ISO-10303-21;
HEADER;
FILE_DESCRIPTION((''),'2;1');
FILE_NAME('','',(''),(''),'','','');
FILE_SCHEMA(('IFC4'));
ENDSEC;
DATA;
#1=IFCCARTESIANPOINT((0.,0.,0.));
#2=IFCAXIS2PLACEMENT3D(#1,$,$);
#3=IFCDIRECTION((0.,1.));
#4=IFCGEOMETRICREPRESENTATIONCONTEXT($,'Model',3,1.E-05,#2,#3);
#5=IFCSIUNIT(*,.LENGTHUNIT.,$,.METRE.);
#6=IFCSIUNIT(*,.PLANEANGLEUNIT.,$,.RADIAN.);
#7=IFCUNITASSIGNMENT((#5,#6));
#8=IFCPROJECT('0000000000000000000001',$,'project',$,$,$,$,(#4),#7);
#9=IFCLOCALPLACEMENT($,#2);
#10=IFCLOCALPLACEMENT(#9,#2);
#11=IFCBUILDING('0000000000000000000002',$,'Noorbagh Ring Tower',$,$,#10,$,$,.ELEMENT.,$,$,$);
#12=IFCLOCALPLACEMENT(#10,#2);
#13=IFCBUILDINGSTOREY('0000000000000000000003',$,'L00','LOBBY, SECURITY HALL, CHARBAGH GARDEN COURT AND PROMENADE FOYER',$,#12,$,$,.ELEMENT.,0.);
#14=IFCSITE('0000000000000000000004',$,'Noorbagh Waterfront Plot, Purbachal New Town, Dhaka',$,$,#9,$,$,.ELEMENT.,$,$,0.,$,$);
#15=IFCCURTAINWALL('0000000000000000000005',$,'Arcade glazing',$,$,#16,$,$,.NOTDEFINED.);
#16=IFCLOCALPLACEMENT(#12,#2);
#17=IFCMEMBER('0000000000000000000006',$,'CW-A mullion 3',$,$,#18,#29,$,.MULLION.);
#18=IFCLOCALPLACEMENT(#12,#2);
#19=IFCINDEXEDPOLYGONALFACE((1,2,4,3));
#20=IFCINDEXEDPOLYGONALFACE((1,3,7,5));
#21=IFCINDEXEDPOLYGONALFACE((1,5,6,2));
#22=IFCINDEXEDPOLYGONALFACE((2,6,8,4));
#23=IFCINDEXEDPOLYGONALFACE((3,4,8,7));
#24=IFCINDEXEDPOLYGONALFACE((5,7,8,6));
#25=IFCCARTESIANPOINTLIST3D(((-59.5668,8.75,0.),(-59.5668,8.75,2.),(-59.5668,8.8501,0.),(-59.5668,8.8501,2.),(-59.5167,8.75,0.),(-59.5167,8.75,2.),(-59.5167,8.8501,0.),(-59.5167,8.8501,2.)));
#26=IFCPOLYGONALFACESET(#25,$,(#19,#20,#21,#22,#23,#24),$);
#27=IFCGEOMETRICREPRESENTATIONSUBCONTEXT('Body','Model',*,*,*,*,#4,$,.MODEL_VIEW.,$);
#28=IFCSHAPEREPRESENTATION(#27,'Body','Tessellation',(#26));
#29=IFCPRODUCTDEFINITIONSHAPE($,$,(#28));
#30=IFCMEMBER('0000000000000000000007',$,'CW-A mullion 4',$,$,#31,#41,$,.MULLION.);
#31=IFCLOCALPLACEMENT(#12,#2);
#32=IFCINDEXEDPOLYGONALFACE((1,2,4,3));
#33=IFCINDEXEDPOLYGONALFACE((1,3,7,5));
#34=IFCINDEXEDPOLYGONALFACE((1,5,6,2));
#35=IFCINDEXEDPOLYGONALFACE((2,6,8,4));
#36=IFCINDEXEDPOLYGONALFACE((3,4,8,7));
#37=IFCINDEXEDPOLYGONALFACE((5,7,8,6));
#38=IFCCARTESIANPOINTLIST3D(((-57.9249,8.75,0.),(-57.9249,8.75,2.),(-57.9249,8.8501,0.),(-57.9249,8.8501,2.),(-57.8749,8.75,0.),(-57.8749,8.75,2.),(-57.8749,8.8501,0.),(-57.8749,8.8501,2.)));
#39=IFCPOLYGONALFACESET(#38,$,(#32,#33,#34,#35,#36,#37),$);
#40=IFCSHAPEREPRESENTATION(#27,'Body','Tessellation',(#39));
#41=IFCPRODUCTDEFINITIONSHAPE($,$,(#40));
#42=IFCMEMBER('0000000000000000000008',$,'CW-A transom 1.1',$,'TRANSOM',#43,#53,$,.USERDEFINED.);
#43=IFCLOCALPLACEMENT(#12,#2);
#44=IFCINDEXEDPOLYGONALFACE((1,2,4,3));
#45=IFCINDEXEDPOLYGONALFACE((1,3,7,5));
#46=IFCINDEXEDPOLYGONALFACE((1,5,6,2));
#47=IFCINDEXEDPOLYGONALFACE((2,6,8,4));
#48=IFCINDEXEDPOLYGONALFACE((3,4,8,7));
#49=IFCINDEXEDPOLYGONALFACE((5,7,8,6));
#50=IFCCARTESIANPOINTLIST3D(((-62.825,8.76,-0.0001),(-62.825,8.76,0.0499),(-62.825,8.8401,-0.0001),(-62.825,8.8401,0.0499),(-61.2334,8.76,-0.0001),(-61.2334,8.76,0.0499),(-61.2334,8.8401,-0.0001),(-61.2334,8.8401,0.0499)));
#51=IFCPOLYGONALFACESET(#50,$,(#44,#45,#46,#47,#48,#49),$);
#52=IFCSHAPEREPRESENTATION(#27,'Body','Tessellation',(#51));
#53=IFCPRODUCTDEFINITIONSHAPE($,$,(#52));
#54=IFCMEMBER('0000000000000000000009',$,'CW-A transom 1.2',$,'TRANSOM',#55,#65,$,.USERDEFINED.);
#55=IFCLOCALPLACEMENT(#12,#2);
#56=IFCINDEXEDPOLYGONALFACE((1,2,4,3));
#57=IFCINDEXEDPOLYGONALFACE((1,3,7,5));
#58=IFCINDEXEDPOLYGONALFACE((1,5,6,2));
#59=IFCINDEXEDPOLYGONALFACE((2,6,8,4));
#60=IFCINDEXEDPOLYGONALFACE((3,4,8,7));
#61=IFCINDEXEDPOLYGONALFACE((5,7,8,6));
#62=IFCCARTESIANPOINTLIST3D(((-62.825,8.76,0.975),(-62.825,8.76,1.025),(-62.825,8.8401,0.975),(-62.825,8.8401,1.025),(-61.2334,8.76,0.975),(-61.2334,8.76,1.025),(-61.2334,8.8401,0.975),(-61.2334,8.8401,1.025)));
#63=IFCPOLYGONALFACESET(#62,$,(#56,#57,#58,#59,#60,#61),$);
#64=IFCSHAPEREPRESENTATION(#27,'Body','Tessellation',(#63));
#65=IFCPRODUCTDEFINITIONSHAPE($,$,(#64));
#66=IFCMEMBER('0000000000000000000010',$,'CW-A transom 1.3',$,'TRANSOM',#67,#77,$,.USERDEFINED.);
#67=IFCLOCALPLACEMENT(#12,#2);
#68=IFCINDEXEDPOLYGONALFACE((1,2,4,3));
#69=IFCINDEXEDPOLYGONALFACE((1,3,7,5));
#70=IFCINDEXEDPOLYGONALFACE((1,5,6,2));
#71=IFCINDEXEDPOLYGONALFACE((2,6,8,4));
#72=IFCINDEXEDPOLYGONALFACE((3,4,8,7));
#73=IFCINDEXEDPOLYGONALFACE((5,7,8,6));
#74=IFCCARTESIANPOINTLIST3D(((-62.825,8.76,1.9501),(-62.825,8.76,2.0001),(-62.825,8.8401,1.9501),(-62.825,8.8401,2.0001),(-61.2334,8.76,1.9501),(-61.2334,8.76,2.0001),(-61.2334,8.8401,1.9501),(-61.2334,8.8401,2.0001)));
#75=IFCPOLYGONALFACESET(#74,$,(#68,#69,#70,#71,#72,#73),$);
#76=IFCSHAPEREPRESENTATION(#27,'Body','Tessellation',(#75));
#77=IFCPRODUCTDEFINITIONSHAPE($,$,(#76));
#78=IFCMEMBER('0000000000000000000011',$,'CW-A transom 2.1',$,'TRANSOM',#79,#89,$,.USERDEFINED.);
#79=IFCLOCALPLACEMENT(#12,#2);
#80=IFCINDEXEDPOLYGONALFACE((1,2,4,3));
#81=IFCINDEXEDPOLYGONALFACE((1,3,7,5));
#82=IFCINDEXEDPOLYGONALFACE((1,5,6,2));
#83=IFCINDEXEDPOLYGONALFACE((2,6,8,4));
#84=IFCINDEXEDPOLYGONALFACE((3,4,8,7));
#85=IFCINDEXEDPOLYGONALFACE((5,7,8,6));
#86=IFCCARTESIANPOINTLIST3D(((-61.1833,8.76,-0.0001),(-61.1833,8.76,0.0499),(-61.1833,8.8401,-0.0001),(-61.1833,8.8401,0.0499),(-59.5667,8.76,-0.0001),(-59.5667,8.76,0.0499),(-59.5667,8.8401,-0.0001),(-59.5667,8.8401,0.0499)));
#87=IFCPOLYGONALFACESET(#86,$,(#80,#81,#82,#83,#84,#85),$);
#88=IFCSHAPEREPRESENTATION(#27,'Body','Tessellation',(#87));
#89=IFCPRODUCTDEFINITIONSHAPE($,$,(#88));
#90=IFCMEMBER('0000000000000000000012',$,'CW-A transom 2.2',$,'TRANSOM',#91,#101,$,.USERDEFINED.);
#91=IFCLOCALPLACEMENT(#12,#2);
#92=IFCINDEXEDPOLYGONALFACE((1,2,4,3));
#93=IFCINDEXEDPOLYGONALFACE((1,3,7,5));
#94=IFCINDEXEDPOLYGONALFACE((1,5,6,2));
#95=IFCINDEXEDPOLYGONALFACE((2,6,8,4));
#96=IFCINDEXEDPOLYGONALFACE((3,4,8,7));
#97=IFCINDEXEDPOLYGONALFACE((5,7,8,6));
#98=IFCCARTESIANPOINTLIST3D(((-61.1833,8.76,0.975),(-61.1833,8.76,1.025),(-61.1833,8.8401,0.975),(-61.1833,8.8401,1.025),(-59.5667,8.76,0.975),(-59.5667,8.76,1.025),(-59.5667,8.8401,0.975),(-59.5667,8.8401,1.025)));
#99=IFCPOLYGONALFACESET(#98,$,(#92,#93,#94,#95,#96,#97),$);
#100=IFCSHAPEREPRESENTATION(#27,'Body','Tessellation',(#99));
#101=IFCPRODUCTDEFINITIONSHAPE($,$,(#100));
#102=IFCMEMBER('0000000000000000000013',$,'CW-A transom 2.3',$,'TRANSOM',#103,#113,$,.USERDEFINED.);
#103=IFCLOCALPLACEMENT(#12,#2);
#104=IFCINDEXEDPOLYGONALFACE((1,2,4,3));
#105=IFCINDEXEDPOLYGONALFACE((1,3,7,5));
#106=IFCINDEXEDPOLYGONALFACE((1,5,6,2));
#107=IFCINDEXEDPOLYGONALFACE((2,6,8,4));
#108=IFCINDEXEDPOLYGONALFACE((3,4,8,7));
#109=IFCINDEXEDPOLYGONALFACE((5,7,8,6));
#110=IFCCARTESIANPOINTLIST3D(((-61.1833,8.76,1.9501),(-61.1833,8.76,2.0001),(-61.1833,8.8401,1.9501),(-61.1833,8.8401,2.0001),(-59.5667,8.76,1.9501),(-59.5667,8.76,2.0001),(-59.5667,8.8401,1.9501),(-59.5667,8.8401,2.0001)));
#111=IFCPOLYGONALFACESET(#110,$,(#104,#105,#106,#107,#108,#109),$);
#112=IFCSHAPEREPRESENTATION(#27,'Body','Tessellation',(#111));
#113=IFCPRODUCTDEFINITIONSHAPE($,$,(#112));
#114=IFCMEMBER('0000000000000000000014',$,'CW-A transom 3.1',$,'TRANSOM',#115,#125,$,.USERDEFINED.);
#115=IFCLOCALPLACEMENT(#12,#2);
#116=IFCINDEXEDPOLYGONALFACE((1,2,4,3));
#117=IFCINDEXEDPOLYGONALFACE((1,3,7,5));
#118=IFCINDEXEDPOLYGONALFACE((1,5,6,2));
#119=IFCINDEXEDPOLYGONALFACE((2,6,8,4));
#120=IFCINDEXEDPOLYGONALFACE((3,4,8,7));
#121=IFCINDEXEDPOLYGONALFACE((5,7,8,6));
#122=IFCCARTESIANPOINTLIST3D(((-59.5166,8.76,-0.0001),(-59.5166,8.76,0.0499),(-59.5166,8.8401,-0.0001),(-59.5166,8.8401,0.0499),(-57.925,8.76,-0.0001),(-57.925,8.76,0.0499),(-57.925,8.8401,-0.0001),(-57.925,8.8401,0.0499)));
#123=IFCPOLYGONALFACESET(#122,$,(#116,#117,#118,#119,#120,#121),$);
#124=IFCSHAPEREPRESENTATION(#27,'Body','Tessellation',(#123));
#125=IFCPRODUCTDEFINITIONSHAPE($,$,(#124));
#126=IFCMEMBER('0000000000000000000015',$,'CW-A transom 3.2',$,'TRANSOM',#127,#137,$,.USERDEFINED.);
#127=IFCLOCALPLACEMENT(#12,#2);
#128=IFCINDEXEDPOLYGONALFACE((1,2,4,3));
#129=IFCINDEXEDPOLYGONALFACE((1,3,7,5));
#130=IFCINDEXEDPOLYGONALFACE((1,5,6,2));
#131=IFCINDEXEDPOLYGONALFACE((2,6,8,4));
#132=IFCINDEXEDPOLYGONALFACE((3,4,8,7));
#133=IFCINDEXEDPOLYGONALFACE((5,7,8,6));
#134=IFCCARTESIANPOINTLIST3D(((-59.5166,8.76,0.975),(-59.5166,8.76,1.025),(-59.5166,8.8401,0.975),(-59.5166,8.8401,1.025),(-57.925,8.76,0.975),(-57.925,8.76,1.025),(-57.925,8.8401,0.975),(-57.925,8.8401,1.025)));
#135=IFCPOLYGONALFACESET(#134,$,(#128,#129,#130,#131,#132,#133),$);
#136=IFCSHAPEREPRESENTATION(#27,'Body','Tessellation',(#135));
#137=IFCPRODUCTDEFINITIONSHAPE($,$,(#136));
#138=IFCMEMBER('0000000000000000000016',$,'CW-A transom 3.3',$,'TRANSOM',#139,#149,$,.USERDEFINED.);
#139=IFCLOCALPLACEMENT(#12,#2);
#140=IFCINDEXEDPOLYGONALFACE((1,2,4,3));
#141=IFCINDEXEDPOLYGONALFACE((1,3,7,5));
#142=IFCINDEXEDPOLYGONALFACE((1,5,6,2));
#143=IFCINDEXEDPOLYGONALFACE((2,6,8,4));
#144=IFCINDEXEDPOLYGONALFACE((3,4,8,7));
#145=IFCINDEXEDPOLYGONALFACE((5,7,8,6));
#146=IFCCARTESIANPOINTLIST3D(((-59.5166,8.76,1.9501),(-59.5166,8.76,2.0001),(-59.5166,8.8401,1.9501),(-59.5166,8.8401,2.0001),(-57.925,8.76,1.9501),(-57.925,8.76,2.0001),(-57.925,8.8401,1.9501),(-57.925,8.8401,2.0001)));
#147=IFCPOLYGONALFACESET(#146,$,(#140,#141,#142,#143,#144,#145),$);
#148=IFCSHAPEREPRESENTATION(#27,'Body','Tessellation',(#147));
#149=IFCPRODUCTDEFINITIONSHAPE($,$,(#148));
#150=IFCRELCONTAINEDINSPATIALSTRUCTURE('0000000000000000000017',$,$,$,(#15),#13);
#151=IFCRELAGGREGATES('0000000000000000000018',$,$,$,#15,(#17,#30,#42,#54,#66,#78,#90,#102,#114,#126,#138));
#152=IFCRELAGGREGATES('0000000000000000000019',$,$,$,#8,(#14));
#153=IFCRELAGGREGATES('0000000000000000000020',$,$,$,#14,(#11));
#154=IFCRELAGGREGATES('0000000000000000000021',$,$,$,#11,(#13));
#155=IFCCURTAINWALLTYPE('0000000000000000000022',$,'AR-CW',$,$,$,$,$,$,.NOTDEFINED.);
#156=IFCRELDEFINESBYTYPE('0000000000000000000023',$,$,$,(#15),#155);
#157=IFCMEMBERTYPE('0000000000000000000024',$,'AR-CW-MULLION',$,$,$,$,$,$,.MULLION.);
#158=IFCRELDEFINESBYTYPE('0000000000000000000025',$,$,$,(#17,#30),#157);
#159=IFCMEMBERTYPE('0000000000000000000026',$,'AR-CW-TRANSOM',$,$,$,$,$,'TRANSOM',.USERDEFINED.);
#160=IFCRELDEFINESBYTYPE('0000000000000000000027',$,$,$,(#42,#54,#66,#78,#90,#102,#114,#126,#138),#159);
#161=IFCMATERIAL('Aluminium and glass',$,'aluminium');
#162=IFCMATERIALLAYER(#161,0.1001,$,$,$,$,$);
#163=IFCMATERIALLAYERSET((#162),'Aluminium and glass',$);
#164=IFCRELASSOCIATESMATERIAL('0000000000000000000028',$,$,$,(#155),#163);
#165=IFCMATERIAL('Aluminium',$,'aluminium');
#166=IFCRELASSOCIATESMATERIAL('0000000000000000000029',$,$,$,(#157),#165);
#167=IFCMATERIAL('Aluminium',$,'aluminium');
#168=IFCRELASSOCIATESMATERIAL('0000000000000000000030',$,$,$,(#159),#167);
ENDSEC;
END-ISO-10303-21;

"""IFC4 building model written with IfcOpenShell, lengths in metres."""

from ifc_helpers import new_model, si_unit, direction, frame, origin, origin_2d, place, context, subcontext, project, spatial, rectangle, extrude, material, layer, layer_set, material_profile, profile_set, type_object, element, aggregate, save


model = new_model("IFC4")

# Units and contexts
model_context = context("Model", 3, precision=1e-05, world=origin(), true_north=direction((0.0, 1.0)))
body_context = subcontext(model_context, "Body", "Model", "MODEL_VIEW")
ifc_project = project(units=[si_unit("LENGTHUNIT", "METRE"), si_unit("PLANEANGLEUNIT", "RADIAN")], contexts=[model_context])

# Site, building, storey
site_placement = place(None, origin())
site = spatial("IfcSite", under=ifc_project, at=site_placement, Name="Noorbagh Waterfront Plot, Purbachal New Town, Dhaka", CompositionType="ELEMENT", RefElevation=0.0)
building_placement = place(site_placement, origin())
building = spatial("IfcBuilding", under=site, at=building_placement, Name="Noorbagh Ring Tower", CompositionType="ELEMENT")
storey_placement = place(building_placement, origin())
storey = spatial("IfcBuildingStorey", under=building, at=storey_placement, Name="L00", Description="LOBBY, SECURITY HALL, CHARBAGH GARDEN COURT AND PROMENADE FOYER", CompositionType="ELEMENT", Elevation=0.0)

# Curtain wall, members
ifc_material_1 = material(Name="Aluminium and glass", Category="aluminium")
ifc_layer_1 = layer(ifc_material_1, 0.1001)
ifc_layer_set_1 = layer_set([ifc_layer_1], Name="Aluminium and glass")
curtain_wall_type = type_object("IfcCurtainWallType", Name="AR-CW", PredefinedType="NOTDEFINED", material=ifc_layer_set_1)
curtain_wall_placement = place(storey_placement, origin())
curtain_wall = element("IfcCurtainWall", 1, at=curtain_wall_placement, inside=storey, type_object=curtain_wall_type, Name="Arcade glazing", PredefinedType="NOTDEFINED")
ifc_material_2 = material(Name="Aluminium", Category="aluminium")
ifc_material_profile_1 = material_profile(ifc_material_2, rectangle(XDim=0.1001, YDim=0.05, at=origin_2d()), Name="AL 100x50")
ifc_profile_set_1 = profile_set([ifc_material_profile_1], Name="Aluminium")
member_type_1 = type_object("IfcMemberType", Name="AR-CW-MULLION", PredefinedType="MULLION", material=ifc_profile_set_1)
member_1_placement = place(storey_placement, frame((-59.5417, 8.8, 0.0), z_axis=(0.0, 0.0, 1.0), x_axis=(0.0, 1.0, 0.0)))
member_1 = element("IfcMember", 2, at=member_1_placement, type_object=member_type_1, Name="CW-A mullion 3", PredefinedType="MULLION", context=body_context, shape_type="SweptSolid", body=[
    extrude(rectangle(XDim=0.1001, YDim=0.05, at=origin_2d()), origin(), (0.0, 0.0, 1.0), 2.0),
])
member_2_placement = place(storey_placement, frame((-57.8999, 8.8, 0.0), z_axis=(0.0, 0.0, 1.0), x_axis=(0.0, 1.0, 0.0)))
member_2 = element("IfcMember", 3, at=member_2_placement, type_object=member_type_1, Name="CW-A mullion 4", PredefinedType="MULLION", context=body_context, shape_type="SweptSolid", body=[
    extrude(rectangle(XDim=0.1001, YDim=0.05, at=origin_2d()), origin(), (0.0, 0.0, 1.0), 2.0),
])
ifc_material_3 = material(Name="Aluminium", Category="aluminium")
ifc_material_profile_2 = material_profile(ifc_material_3, rectangle(XDim=0.0801, YDim=0.05, at=origin_2d()), Name="AL 80x50")
ifc_profile_set_2 = profile_set([ifc_material_profile_2], Name="Aluminium")
member_type_2 = type_object("IfcMemberType", Name="AR-CW-TRANSOM", ElementType="TRANSOM", PredefinedType="USERDEFINED", material=ifc_profile_set_2)
member_3_placement = place(storey_placement, frame((-62.825, 8.8, 0.0249), z_axis=(1.0, 0.0, 0.0), x_axis=(0.0, 1.0, 0.0)))
member_3 = element("IfcMember", 4, at=member_3_placement, type_object=member_type_2, Name="CW-A transom 1.1", ObjectType="TRANSOM", PredefinedType="USERDEFINED", context=body_context, shape_type="SweptSolid", body=[
    extrude(rectangle(XDim=0.0801, YDim=0.05, at=origin_2d()), origin(), (0.0, 0.0, 1.0), 1.5916),
])
member_4_placement = place(storey_placement, frame((-62.825, 8.8, 1.0), z_axis=(1.0, 0.0, 0.0), x_axis=(0.0, 1.0, 0.0)))
member_4 = element("IfcMember", 5, at=member_4_placement, type_object=member_type_2, Name="CW-A transom 1.2", ObjectType="TRANSOM", PredefinedType="USERDEFINED", context=body_context, shape_type="SweptSolid", body=[
    extrude(rectangle(XDim=0.0801, YDim=0.05, at=origin_2d()), origin(), (0.0, 0.0, 1.0), 1.5916),
])
member_5_placement = place(storey_placement, frame((-62.825, 8.8, 1.9751), z_axis=(1.0, 0.0, 0.0), x_axis=(0.0, 1.0, 0.0)))
member_5 = element("IfcMember", 6, at=member_5_placement, type_object=member_type_2, Name="CW-A transom 1.3", ObjectType="TRANSOM", PredefinedType="USERDEFINED", context=body_context, shape_type="SweptSolid", body=[
    extrude(rectangle(XDim=0.0801, YDim=0.05, at=origin_2d()), origin(), (0.0, 0.0, 1.0), 1.5916),
])
member_6_placement = place(storey_placement, frame((-61.1833, 8.8, 0.0249), z_axis=(1.0, 0.0, 0.0), x_axis=(0.0, 1.0, 0.0)))
member_6 = element("IfcMember", 7, at=member_6_placement, type_object=member_type_2, Name="CW-A transom 2.1", ObjectType="TRANSOM", PredefinedType="USERDEFINED", context=body_context, shape_type="SweptSolid", body=[
    extrude(rectangle(XDim=0.0801, YDim=0.05, at=origin_2d()), origin(), (0.0, 0.0, 1.0), 1.6167),
])
member_7_placement = place(storey_placement, frame((-61.1833, 8.8, 1.0), z_axis=(1.0, 0.0, 0.0), x_axis=(0.0, 1.0, 0.0)))
member_7 = element("IfcMember", 8, at=member_7_placement, type_object=member_type_2, Name="CW-A transom 2.2", ObjectType="TRANSOM", PredefinedType="USERDEFINED", context=body_context, shape_type="SweptSolid", body=[
    extrude(rectangle(XDim=0.0801, YDim=0.05, at=origin_2d()), origin(), (0.0, 0.0, 1.0), 1.6167),
])
member_8_placement = place(storey_placement, frame((-61.1833, 8.8, 1.9751), z_axis=(1.0, 0.0, 0.0), x_axis=(0.0, 1.0, 0.0)))
member_8 = element("IfcMember", 9, at=member_8_placement, type_object=member_type_2, Name="CW-A transom 2.3", ObjectType="TRANSOM", PredefinedType="USERDEFINED", context=body_context, shape_type="SweptSolid", body=[
    extrude(rectangle(XDim=0.0801, YDim=0.05, at=origin_2d()), origin(), (0.0, 0.0, 1.0), 1.6167),
])
member_9_placement = place(storey_placement, frame((-59.5166, 8.8, 0.0249), z_axis=(1.0, 0.0, 0.0), x_axis=(0.0, 1.0, 0.0)))
member_9 = element("IfcMember", 10, at=member_9_placement, type_object=member_type_2, Name="CW-A transom 3.1", ObjectType="TRANSOM", PredefinedType="USERDEFINED", context=body_context, shape_type="SweptSolid", body=[
    extrude(rectangle(XDim=0.0801, YDim=0.05, at=origin_2d()), origin(), (0.0, 0.0, 1.0), 1.5916),
])
member_10_placement = place(storey_placement, frame((-59.5166, 8.8, 1.0), z_axis=(1.0, 0.0, 0.0), x_axis=(0.0, 1.0, 0.0)))
member_10 = element("IfcMember", 11, at=member_10_placement, type_object=member_type_2, Name="CW-A transom 3.2", ObjectType="TRANSOM", PredefinedType="USERDEFINED", context=body_context, shape_type="SweptSolid", body=[
    extrude(rectangle(XDim=0.0801, YDim=0.05, at=origin_2d()), origin(), (0.0, 0.0, 1.0), 1.5916),
])
member_11_placement = place(storey_placement, frame((-59.5166, 8.8, 1.9751), z_axis=(1.0, 0.0, 0.0), x_axis=(0.0, 1.0, 0.0)))
member_11 = element("IfcMember", 12, at=member_11_placement, type_object=member_type_2, Name="CW-A transom 3.3", ObjectType="TRANSOM", PredefinedType="USERDEFINED", context=body_context, shape_type="SweptSolid", body=[
    extrude(rectangle(XDim=0.0801, YDim=0.05, at=origin_2d()), origin(), (0.0, 0.0, 1.0), 1.5916),
])

aggregate(curtain_wall, [member_1, member_2, member_3, member_4, member_5, member_6, member_7, member_8, member_9, member_10, member_11])

save(model, "model.ifc")
